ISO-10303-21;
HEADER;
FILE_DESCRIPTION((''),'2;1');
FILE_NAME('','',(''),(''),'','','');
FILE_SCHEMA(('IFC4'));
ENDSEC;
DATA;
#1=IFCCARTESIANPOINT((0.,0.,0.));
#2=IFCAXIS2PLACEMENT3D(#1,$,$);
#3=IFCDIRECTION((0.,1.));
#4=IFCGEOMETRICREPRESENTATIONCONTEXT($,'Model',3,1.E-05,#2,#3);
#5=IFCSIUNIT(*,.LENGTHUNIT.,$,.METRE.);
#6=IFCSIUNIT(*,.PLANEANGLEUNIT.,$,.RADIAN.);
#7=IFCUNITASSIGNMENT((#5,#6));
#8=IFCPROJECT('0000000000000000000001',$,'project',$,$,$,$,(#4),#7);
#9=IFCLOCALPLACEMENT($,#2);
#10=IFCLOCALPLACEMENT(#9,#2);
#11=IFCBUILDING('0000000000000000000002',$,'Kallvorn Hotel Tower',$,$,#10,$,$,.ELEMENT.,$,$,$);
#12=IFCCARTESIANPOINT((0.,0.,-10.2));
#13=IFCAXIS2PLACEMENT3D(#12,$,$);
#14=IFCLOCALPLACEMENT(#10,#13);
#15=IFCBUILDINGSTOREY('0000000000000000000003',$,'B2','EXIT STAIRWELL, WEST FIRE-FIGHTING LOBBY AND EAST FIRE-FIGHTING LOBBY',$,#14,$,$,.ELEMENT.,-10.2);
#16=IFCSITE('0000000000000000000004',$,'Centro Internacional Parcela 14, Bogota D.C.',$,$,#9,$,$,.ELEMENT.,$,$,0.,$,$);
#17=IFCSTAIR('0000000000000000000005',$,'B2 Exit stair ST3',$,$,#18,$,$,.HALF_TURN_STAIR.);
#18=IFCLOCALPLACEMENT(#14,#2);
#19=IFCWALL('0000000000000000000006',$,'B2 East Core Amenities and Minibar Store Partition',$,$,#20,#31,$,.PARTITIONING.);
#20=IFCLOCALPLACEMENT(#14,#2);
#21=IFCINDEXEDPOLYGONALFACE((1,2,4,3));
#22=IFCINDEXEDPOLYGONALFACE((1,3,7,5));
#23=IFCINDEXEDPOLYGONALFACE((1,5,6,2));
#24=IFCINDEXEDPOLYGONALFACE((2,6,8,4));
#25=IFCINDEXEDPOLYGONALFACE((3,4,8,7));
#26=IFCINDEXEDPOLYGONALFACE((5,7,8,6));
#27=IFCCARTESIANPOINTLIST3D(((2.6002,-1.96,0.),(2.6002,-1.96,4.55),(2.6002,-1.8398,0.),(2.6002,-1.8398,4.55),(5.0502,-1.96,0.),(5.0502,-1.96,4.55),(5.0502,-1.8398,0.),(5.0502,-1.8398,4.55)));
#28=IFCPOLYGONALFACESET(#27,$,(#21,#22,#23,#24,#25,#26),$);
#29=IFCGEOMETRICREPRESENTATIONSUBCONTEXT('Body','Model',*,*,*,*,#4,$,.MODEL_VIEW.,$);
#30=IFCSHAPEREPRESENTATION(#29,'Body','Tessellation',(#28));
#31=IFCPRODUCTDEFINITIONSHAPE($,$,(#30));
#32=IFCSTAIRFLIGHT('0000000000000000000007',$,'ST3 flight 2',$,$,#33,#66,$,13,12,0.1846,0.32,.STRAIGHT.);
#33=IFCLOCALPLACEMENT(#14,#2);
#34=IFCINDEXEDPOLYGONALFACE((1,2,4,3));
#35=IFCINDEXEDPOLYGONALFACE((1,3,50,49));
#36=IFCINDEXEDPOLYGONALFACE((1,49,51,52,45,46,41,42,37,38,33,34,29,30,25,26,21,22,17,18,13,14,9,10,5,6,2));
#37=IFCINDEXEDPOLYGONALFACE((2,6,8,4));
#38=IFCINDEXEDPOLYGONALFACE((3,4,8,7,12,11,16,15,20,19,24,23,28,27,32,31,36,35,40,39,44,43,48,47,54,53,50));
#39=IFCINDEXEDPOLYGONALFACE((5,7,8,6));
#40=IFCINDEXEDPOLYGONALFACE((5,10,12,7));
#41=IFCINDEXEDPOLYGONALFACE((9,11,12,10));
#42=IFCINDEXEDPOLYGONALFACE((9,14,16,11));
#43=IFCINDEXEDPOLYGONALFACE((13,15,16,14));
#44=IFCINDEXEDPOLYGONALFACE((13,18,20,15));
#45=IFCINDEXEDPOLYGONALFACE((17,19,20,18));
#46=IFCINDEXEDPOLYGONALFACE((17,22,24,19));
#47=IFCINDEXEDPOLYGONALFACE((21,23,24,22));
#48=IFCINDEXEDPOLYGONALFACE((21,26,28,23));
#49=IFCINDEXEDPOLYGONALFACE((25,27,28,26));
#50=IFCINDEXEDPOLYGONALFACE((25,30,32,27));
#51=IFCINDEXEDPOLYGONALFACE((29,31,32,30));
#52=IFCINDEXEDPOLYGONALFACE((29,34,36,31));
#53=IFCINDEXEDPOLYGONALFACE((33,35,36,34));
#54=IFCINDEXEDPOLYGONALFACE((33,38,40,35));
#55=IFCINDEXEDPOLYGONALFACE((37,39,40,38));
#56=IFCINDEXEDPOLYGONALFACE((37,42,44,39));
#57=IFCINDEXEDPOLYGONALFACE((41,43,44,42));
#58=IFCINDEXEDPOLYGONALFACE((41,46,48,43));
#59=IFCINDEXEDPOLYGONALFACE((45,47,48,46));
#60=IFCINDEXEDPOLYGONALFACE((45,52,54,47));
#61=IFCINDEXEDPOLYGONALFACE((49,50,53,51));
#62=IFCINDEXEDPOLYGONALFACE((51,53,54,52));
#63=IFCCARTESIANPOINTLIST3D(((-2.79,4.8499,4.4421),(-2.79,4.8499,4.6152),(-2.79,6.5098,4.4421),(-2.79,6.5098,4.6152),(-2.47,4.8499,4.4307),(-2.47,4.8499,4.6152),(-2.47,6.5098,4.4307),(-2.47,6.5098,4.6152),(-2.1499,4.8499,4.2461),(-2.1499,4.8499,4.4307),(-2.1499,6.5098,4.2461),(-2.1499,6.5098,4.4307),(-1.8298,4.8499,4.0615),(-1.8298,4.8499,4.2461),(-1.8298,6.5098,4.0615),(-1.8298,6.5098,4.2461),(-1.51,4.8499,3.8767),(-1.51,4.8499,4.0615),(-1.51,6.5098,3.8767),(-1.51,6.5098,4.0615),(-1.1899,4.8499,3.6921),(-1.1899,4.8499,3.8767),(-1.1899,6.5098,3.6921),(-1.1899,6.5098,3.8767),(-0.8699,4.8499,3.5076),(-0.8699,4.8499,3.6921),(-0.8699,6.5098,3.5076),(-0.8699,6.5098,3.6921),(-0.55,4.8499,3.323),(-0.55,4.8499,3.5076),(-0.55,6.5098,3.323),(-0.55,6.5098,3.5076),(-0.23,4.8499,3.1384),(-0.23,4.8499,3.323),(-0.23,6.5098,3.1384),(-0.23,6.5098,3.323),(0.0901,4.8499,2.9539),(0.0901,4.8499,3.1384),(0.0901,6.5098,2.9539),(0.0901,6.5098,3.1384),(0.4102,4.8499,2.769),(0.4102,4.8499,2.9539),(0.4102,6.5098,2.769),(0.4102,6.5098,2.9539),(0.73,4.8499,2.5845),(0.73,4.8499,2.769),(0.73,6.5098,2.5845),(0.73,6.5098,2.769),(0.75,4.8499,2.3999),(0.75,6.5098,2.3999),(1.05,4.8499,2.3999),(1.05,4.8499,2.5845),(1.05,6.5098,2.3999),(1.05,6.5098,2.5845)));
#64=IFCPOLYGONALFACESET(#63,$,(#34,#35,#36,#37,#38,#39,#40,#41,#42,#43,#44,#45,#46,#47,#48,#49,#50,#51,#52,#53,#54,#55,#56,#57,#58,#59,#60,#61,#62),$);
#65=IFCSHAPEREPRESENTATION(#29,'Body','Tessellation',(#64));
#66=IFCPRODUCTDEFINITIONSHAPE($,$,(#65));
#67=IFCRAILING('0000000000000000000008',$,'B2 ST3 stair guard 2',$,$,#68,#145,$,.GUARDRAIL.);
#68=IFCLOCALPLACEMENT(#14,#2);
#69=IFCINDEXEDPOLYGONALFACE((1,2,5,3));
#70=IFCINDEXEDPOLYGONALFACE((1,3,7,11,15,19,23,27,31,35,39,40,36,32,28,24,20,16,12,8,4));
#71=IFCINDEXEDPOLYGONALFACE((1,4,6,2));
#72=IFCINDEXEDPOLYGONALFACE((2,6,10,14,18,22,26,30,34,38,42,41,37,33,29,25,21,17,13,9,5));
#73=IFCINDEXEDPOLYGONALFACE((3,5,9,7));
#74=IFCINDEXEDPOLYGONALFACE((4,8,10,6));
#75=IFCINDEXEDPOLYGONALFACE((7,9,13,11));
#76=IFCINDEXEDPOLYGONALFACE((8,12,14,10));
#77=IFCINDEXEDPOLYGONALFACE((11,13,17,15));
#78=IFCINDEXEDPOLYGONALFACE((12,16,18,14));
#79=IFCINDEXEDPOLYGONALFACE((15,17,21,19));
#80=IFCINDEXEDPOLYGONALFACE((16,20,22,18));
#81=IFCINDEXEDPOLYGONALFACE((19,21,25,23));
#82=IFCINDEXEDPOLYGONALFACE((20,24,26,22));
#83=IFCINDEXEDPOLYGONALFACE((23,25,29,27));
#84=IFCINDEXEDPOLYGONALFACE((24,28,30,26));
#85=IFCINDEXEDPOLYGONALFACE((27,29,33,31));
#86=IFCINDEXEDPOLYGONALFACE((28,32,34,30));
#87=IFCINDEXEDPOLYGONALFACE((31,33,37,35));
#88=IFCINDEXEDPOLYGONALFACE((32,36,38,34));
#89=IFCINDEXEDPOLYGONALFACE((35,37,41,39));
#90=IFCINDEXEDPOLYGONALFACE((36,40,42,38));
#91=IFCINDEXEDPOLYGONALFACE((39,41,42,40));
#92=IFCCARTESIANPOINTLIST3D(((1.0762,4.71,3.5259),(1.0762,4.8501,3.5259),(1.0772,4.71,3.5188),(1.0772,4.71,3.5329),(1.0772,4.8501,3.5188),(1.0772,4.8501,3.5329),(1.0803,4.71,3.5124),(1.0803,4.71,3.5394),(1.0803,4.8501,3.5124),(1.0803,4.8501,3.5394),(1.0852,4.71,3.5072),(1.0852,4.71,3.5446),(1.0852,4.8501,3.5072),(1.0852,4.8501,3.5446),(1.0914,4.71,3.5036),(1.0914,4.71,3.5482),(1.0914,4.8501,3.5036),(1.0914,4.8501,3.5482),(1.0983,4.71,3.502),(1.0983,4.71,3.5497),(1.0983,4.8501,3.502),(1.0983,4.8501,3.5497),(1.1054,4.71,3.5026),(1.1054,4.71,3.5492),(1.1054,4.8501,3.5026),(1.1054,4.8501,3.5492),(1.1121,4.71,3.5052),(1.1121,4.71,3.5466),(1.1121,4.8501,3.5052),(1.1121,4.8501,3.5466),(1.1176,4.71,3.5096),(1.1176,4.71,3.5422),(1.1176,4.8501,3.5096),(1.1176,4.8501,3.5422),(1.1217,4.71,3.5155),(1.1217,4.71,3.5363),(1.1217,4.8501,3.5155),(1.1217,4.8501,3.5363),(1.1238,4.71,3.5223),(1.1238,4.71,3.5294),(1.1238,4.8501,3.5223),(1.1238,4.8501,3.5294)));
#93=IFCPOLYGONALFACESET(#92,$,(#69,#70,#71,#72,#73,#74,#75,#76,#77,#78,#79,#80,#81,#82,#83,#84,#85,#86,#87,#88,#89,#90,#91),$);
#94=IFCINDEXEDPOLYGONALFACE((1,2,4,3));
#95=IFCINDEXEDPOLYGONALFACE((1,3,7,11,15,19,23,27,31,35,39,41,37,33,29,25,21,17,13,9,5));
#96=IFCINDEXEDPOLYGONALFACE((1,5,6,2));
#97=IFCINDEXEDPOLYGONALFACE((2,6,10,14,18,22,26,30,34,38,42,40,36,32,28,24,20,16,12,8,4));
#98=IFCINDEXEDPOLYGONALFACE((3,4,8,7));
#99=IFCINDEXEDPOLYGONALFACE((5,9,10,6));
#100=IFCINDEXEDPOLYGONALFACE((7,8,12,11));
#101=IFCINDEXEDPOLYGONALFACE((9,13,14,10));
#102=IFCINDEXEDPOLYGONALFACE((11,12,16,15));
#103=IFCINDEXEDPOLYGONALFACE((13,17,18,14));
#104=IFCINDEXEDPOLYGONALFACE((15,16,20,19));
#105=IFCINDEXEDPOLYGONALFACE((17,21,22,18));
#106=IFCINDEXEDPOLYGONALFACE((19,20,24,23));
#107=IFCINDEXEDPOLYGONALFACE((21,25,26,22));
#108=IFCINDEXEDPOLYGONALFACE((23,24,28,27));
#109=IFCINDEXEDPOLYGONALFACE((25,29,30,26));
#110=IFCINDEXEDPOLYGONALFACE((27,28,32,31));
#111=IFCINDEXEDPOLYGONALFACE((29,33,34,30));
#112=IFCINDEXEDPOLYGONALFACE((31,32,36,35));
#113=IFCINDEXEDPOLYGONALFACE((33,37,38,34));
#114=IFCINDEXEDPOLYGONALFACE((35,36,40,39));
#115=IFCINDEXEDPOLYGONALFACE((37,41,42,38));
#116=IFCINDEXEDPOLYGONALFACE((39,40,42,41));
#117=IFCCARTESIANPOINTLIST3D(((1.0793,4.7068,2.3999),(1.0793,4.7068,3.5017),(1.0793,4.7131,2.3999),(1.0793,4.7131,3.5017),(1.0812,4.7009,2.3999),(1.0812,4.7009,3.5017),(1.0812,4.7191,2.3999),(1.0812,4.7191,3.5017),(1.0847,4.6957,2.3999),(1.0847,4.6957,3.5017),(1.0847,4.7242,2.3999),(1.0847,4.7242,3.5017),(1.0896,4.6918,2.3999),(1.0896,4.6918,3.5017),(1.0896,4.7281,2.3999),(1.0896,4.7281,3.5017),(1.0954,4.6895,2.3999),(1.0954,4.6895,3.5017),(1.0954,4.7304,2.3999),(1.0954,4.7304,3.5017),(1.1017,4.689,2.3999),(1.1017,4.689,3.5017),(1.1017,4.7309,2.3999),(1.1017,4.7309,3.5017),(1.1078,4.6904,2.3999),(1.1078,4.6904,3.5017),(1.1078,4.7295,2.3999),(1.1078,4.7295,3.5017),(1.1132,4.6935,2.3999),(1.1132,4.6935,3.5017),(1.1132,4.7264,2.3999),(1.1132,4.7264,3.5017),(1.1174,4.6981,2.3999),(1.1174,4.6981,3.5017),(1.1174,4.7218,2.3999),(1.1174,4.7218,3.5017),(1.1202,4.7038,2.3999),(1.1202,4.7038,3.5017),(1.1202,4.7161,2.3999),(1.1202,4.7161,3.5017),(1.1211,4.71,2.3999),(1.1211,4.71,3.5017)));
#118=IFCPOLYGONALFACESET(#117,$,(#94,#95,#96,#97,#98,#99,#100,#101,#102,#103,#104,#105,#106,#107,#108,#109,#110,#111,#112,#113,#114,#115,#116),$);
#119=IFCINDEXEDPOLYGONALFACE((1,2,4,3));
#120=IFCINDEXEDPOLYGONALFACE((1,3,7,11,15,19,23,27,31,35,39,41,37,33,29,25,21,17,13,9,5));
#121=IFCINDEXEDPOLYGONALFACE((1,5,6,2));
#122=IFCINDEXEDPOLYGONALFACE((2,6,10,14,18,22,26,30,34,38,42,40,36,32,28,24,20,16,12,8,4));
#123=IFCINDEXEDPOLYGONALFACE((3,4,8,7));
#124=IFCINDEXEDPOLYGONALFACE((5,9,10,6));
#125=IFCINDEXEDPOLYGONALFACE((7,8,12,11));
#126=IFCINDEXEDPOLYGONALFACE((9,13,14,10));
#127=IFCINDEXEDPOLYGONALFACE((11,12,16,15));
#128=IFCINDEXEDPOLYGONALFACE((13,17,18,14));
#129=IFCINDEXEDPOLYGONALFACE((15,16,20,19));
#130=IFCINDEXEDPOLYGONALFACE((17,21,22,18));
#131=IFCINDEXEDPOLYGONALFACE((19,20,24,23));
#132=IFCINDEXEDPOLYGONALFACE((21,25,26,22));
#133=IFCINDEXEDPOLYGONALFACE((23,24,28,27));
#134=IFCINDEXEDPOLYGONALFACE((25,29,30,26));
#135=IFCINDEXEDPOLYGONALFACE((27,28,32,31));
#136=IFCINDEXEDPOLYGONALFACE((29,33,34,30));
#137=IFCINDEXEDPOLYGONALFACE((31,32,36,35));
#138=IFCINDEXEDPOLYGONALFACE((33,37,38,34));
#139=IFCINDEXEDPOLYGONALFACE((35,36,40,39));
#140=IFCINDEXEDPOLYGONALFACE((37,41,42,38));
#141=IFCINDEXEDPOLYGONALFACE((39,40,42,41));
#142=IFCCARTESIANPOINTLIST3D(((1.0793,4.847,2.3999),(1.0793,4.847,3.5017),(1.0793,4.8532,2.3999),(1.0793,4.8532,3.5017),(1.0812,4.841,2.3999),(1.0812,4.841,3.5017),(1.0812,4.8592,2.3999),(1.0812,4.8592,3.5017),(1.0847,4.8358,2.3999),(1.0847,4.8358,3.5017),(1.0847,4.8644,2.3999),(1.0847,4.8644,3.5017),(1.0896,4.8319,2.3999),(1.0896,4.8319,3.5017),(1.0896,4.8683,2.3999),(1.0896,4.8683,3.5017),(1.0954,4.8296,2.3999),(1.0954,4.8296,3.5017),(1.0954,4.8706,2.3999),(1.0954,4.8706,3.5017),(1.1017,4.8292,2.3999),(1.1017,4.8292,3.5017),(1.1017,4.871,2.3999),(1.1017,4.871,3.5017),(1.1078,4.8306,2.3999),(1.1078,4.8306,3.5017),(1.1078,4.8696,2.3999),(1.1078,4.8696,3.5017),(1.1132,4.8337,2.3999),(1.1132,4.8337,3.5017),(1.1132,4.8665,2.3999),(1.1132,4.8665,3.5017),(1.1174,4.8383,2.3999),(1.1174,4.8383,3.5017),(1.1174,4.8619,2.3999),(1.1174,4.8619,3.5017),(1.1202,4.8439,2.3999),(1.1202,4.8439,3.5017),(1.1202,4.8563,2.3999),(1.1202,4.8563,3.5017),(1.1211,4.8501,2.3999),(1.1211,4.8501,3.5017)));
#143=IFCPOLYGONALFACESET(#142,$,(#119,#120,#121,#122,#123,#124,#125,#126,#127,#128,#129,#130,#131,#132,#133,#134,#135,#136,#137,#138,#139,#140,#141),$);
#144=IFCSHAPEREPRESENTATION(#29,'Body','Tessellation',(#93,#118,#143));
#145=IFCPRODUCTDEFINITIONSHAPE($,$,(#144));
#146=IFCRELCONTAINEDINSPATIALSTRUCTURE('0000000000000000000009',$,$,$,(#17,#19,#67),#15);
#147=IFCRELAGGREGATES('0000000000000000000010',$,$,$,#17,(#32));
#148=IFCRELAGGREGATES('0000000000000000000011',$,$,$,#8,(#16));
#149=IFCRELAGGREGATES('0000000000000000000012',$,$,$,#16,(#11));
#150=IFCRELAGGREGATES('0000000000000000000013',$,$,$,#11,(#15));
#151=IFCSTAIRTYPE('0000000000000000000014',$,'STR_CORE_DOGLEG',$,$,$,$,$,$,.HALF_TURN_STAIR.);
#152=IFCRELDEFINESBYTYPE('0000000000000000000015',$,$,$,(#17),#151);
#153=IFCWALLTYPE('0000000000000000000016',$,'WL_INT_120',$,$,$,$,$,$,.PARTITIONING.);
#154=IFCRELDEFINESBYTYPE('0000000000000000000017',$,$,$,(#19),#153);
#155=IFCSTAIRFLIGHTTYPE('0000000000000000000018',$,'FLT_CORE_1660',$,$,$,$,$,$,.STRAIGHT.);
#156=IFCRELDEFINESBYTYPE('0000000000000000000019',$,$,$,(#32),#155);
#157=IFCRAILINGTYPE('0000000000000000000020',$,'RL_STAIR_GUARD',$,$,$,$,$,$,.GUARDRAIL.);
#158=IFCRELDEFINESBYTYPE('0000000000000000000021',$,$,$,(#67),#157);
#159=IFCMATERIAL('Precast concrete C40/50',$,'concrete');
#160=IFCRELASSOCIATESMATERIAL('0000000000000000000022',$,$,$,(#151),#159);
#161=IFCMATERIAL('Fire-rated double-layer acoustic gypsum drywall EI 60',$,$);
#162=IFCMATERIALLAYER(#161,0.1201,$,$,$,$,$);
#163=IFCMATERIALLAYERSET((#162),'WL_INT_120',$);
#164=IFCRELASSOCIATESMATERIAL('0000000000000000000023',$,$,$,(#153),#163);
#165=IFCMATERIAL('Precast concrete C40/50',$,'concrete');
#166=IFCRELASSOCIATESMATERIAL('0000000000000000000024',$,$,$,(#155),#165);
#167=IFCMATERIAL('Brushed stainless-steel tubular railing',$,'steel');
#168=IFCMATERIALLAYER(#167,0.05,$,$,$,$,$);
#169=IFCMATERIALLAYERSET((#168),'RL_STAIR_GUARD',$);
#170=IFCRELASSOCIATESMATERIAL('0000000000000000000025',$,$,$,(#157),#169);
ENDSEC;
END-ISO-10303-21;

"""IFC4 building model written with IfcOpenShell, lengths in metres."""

from ifc_helpers import new_model, si_unit, direction, frame, frame_2d, origin, origin_2d, place, context, subcontext, project, spatial, polyline, rectangle, circle, outline, extrude, material, layer, layer_set, type_object, element, aggregate, save


model = new_model("IFC4")

# Units and contexts
model_context = context("Model", 3, precision=1e-05, world=origin(), true_north=direction((0.0, 1.0)))
body_context = subcontext(model_context, "Body", "Model", "MODEL_VIEW")
ifc_project = project(units=[si_unit("LENGTHUNIT", "METRE"), si_unit("PLANEANGLEUNIT", "RADIAN")], contexts=[model_context])

# Site, building, storey
site_placement = place(None, origin())
site = spatial("IfcSite", under=ifc_project, at=site_placement, Name="Centro Internacional Parcela 14, Bogota D.C.", CompositionType="ELEMENT", RefElevation=0.0)
building_placement = place(site_placement, origin())
building = spatial("IfcBuilding", under=site, at=building_placement, Name="Kallvorn Hotel Tower", CompositionType="ELEMENT")
storey_placement = place(building_placement, frame((0.0, 0.0, -10.2)))
storey = spatial("IfcBuildingStorey", under=building, at=storey_placement, Name="B2", Description="EXIT STAIRWELL, WEST FIRE-FIGHTING LOBBY AND EAST FIRE-FIGHTING LOBBY", CompositionType="ELEMENT", Elevation=-10.2)

# Stair
ifc_material_1 = material(Name="Precast concrete C40/50", Category="concrete")
stair_type_1 = type_object("IfcStairType", Name="STR_CORE_DOGLEG", PredefinedType="HALF_TURN_STAIR", material=ifc_material_1)
stair_1_placement = place(storey_placement, origin())
stair_1 = element("IfcStair", 1, at=stair_1_placement, inside=storey, type_object=stair_type_1, Name="B2 Exit stair ST3", PredefinedType="HALF_TURN_STAIR")

# Wall
ifc_material_2 = material(Name="Fire-rated double-layer acoustic gypsum drywall EI 60")
ifc_layer_1 = layer(ifc_material_2, 0.1201)
ifc_layer_set_1 = layer_set([ifc_layer_1], Name="WL_INT_120")
wall_type = type_object("IfcWallType", Name="WL_INT_120", PredefinedType="PARTITIONING", material=ifc_layer_set_1)
wall_placement = place(storey_placement, frame((2.6001, -1.8999, 0.0), z_axis=(0.0, 0.0, 1.0), x_axis=(1.0, 0.0, 0.0)))
element("IfcWall", 2, at=wall_placement, inside=storey, type_object=wall_type, Name="B2 East Core Amenities and Minibar Store Partition", PredefinedType="PARTITIONING", context=body_context, shape_type="SweptSolid", body=[
    extrude(rectangle(XDim=2.45, YDim=0.1201, at=frame_2d((1.2251, 0.0))), origin(), (0.0, 0.0, 1.0), 4.55),
])

# Stair flight
ifc_material_3 = material(Name="Precast concrete C40/50", Category="concrete")
stair_flight_type = type_object("IfcStairFlightType", Name="FLT_CORE_1660", PredefinedType="STRAIGHT", material=ifc_material_3)
stair_flight_placement = place(storey_placement, frame((1.05, 5.6799, 2.3999), z_axis=(0.0, 0.0, 1.0), x_axis=(-1.0, 0.0, 0.0)))
stair_flight = element("IfcStairFlight", 3, at=stair_flight_placement, type_object=stair_flight_type, Name="ST3 flight 2", NumberOfRisers=13, NumberOfTreads=12, PredefinedType="STRAIGHT", RiserHeight=0.1846, TreadLength=0.32, context=body_context, shape_type="SweptSolid", body=[
    extrude(outline(polyline([(0.0, 0.0), (0.0, 0.1846), (0.3201, 0.1846), (0.3201, 0.3691), (0.6399, 0.3691), (0.6399, 0.554), (0.96, 0.554), (0.96, 0.7385), (1.28, 0.7385), (1.28, 0.9231), (1.6001, 0.9231), (1.6001, 1.1077), (1.9199, 1.1077), (1.9199, 1.2922), (2.24, 1.2922), (2.24, 1.4768), (2.5601, 1.4768), (2.5601, 1.6616), (2.8799, 1.6616), (2.8799, 1.8462), (3.2, 1.8462), (3.2, 2.0308), (3.52, 2.0308), (3.52, 2.2153), (3.8401, 2.2153), (3.8401, 2.3999), (3.8401, 2.0422), (0.3, 0.0), (0.0, 0.0)])), frame((0.0, 0.8301, 0.0), z_axis=(0.0, -1.0, 0.0), x_axis=(1.0, 0.0, 0.0)), (0.0, 0.0, 1.0), 1.6599),
])
aggregate(stair_1, [stair_flight])

# Railing
ifc_material_4 = material(Name="Brushed stainless-steel tubular railing", Category="steel")
ifc_layer_2 = layer(ifc_material_4, 0.05)
ifc_layer_set_2 = layer_set([ifc_layer_2], Name="RL_STAIR_GUARD")
railing_type_1 = type_object("IfcRailingType", Name="RL_STAIR_GUARD", PredefinedType="GUARDRAIL", material=ifc_layer_set_2)
railing_1_placement = place(storey_placement, frame((1.1001, 4.71, 2.3999)))
element("IfcRailing", 4, at=railing_1_placement, inside=storey, type_object=railing_type_1, Name="B2 ST3 stair guard 2", PredefinedType="GUARDRAIL", context=body_context, shape_type="SweptSolid", body=[
    extrude(circle(Radius=0.0239, at=origin_2d()), frame((0.0, 0.0, 1.126), z_axis=(0.0, 1.0, 0.0), x_axis=(-1.0, 0.0, 0.0)), (0.0, 0.0, 1.0), 0.1401),
    extrude(circle(Radius=0.021, at=origin_2d()), origin(), (0.0, 0.0, 1.0), 1.1018),
    extrude(circle(Radius=0.021, at=origin_2d()), frame((0.0, 0.1401, 0.0)), (0.0, 0.0, 1.0), 1.1018),
])

save(model, "model.ifc")
